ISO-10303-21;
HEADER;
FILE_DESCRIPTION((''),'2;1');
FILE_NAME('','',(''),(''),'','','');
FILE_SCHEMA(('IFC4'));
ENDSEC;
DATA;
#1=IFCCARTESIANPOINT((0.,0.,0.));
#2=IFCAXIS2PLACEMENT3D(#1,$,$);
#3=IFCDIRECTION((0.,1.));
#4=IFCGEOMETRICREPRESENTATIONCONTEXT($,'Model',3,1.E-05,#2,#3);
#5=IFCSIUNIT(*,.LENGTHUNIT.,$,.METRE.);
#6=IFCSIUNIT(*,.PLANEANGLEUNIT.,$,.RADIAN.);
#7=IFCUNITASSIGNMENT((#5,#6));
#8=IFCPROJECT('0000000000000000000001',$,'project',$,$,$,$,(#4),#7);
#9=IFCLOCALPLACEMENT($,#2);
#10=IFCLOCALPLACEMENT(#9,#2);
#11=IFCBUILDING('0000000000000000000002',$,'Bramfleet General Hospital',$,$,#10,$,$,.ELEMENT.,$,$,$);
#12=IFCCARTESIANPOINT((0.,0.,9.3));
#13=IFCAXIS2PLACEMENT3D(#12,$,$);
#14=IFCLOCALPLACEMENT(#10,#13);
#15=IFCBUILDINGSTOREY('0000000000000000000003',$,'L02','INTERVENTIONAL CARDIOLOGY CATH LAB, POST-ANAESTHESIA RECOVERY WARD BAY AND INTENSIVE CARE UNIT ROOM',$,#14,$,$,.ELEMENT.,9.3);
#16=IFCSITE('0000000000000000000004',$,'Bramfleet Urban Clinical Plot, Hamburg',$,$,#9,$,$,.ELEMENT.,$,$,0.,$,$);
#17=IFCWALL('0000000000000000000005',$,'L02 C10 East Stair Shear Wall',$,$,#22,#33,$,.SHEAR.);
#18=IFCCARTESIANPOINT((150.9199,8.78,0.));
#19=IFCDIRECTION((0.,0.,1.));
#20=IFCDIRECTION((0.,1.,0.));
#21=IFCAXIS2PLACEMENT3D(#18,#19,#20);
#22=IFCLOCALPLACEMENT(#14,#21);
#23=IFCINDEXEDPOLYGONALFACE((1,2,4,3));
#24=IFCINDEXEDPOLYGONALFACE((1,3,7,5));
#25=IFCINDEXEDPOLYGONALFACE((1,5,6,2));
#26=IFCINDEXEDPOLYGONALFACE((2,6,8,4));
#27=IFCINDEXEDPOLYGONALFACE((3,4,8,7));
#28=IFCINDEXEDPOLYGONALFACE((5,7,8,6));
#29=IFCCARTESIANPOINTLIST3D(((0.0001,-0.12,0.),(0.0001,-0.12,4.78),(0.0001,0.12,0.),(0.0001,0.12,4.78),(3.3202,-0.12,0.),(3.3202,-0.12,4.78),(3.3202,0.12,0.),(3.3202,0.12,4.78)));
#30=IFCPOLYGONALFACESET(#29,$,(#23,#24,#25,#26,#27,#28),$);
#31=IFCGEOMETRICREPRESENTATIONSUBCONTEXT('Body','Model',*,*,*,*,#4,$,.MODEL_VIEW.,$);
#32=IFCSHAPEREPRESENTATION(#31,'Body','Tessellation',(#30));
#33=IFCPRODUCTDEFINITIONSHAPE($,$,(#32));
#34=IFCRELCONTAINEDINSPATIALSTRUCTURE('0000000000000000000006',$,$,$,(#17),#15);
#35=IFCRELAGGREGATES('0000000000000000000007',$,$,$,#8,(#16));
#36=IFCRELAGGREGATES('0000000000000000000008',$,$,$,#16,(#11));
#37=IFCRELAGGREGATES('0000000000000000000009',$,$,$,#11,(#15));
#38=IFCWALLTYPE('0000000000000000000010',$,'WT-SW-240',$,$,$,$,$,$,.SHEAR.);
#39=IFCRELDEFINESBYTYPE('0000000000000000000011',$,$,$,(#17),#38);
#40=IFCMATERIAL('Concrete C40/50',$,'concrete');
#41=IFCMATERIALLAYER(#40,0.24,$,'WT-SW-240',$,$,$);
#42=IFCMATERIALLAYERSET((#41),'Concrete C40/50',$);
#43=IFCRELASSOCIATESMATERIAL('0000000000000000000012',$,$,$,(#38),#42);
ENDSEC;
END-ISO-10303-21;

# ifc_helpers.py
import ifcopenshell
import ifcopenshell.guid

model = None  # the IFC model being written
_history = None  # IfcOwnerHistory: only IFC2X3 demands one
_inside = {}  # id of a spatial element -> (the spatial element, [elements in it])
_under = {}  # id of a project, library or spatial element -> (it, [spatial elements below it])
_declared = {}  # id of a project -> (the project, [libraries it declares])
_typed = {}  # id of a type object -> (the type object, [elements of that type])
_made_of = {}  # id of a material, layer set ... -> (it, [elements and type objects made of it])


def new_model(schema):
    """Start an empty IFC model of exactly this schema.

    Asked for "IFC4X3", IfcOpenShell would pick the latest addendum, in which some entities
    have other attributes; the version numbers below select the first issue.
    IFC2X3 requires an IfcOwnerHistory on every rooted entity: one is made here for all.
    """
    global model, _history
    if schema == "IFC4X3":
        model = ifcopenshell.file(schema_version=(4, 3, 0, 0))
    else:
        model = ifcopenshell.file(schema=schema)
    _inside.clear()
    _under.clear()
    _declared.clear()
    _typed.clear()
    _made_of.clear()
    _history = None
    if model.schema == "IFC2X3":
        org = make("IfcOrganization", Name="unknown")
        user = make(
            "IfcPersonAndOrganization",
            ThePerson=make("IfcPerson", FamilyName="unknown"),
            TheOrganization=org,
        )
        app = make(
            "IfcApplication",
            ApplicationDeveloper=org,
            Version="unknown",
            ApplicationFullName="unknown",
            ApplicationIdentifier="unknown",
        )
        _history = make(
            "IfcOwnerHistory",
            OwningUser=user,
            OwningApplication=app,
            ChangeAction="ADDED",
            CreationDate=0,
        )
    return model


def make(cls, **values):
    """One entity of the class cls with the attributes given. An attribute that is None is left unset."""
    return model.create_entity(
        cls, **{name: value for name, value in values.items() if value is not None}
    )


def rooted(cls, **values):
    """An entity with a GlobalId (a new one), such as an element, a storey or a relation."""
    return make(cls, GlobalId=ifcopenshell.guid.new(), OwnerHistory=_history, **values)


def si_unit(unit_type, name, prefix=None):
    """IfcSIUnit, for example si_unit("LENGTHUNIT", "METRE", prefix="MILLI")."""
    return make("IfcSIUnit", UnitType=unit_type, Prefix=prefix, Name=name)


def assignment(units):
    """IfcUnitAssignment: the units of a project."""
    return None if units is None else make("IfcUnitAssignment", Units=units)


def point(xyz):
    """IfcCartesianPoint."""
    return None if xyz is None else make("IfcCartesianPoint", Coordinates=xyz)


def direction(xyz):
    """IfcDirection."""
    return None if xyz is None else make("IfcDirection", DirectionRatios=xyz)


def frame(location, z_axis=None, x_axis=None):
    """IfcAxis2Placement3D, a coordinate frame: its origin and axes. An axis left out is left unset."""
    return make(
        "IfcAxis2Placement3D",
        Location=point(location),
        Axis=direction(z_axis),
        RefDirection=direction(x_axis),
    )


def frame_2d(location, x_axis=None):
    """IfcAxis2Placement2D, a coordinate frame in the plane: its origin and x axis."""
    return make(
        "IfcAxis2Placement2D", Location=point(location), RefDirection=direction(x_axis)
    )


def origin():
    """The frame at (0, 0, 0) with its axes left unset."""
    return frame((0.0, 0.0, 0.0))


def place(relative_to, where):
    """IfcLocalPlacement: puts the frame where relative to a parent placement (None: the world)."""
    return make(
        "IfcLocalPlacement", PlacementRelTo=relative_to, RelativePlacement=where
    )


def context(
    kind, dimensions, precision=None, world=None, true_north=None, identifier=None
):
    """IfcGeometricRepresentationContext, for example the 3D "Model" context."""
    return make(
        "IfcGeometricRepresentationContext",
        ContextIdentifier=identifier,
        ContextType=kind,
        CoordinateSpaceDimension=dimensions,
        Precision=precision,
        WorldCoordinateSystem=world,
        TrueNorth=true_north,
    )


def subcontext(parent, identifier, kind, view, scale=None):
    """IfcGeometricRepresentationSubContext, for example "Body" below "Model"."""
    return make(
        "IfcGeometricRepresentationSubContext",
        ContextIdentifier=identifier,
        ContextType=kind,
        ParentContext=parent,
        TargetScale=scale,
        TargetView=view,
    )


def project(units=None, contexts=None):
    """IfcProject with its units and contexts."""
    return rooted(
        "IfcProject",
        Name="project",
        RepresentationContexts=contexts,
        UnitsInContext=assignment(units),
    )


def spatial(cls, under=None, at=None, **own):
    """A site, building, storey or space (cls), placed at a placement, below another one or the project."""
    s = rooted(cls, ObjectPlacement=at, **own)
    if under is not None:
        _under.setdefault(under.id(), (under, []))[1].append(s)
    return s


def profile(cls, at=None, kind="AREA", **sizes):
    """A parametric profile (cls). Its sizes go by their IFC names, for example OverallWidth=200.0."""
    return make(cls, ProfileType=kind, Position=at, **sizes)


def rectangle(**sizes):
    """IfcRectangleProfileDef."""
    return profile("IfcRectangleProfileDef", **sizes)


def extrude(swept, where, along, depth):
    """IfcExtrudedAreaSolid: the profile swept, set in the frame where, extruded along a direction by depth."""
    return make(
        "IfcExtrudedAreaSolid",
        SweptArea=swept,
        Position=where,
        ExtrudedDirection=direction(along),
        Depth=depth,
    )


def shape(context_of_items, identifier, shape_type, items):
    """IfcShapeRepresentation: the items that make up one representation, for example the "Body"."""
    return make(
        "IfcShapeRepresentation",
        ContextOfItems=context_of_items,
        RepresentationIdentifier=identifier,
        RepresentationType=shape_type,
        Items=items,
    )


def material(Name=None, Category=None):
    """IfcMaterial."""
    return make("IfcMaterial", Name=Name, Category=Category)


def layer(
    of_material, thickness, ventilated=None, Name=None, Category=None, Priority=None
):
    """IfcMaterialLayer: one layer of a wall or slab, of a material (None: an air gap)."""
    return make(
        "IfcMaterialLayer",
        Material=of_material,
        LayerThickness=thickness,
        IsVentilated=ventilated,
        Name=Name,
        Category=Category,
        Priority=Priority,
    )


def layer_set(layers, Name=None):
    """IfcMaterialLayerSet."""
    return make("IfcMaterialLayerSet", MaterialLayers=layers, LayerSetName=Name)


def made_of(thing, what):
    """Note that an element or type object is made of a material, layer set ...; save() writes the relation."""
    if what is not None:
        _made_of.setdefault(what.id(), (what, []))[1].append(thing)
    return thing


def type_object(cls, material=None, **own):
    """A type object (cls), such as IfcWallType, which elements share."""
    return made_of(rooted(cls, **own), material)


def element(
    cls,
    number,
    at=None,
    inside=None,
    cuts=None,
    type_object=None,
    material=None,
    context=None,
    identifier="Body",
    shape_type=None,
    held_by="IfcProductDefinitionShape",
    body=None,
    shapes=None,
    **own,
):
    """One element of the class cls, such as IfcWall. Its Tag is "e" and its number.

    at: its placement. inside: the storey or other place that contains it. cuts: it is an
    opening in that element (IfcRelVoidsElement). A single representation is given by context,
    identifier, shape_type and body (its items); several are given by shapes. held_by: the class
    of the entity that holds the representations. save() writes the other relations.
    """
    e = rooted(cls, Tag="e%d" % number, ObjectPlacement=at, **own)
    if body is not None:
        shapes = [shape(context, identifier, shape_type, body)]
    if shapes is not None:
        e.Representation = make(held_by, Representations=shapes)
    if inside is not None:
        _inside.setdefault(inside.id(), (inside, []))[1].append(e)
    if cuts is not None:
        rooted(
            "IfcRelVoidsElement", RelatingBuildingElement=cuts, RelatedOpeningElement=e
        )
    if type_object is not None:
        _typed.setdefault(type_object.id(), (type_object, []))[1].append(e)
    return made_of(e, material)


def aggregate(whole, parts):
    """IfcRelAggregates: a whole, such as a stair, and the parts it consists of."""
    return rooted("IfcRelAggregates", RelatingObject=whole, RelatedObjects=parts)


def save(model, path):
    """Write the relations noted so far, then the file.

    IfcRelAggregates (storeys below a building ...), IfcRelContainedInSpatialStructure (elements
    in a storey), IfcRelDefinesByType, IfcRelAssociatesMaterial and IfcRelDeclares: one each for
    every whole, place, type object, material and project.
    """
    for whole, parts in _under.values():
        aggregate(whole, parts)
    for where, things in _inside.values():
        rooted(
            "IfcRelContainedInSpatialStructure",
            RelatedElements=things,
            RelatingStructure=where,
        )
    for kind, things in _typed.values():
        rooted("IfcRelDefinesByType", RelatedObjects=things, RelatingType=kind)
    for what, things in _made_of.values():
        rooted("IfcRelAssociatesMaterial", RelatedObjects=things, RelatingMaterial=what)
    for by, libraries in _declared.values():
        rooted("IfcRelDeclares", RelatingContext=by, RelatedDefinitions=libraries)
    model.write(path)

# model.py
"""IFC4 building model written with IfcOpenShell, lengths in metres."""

from ifc_helpers import new_model, si_unit, direction, frame, frame_2d, origin, place, context, subcontext, project, spatial, rectangle, extrude, material, layer, layer_set, type_object, element, save


model = new_model("IFC4")

# Units and contexts
model_context = context("Model", 3, precision=1e-05, world=origin(), true_north=direction((0.0, 1.0)))
body_context = subcontext(model_context, "Body", "Model", "MODEL_VIEW")
ifc_project = project(units=[si_unit("LENGTHUNIT", "METRE"), si_unit("PLANEANGLEUNIT", "RADIAN")], contexts=[model_context])

# Site, building, storey
site_placement = place(None, origin())
site = spatial("IfcSite", under=ifc_project, at=site_placement, Name="Bramfleet Urban Clinical Plot, Hamburg", CompositionType="ELEMENT", RefElevation=0.0)
building_placement = place(site_placement, origin())
building = spatial("IfcBuilding", under=site, at=building_placement, Name="Bramfleet General Hospital", CompositionType="ELEMENT")
storey_placement = place(building_placement, frame((0.0, 0.0, 9.3)))
storey = spatial("IfcBuildingStorey", under=building, at=storey_placement, Name="L02", Description="INTERVENTIONAL CARDIOLOGY CATH LAB, POST-ANAESTHESIA RECOVERY WARD BAY AND INTENSIVE CARE UNIT ROOM", CompositionType="ELEMENT", Elevation=9.3)

# Shared definitions
ifc_material_1 = material(Name="Concrete C40/50", Category="concrete")

# Wall
ifc_layer_1 = layer(ifc_material_1, 0.24, Name="WT-SW-240")
ifc_layer_set_1 = layer_set([ifc_layer_1], Name="Concrete C40/50")
wall_type_1 = type_object("IfcWallType", Name="WT-SW-240", PredefinedType="SHEAR", material=ifc_layer_set_1)
wall_1_placement = place(storey_placement, frame((150.9199, 8.78, 0.0), z_axis=(0.0, 0.0, 1.0), x_axis=(0.0, 1.0, 0.0)))
element("IfcWall", 1, at=wall_1_placement, inside=storey, type_object=wall_type_1, Name="L02 C10 East Stair Shear Wall", PredefinedType="SHEAR", context=body_context, shape_type="SweptSolid", body=[
    extrude(rectangle(XDim=3.3201, YDim=0.24, at=frame_2d((1.6602, 0.0))), origin(), (0.0, 0.0, 1.0), 4.78),
])

save(model, "model.ifc")
